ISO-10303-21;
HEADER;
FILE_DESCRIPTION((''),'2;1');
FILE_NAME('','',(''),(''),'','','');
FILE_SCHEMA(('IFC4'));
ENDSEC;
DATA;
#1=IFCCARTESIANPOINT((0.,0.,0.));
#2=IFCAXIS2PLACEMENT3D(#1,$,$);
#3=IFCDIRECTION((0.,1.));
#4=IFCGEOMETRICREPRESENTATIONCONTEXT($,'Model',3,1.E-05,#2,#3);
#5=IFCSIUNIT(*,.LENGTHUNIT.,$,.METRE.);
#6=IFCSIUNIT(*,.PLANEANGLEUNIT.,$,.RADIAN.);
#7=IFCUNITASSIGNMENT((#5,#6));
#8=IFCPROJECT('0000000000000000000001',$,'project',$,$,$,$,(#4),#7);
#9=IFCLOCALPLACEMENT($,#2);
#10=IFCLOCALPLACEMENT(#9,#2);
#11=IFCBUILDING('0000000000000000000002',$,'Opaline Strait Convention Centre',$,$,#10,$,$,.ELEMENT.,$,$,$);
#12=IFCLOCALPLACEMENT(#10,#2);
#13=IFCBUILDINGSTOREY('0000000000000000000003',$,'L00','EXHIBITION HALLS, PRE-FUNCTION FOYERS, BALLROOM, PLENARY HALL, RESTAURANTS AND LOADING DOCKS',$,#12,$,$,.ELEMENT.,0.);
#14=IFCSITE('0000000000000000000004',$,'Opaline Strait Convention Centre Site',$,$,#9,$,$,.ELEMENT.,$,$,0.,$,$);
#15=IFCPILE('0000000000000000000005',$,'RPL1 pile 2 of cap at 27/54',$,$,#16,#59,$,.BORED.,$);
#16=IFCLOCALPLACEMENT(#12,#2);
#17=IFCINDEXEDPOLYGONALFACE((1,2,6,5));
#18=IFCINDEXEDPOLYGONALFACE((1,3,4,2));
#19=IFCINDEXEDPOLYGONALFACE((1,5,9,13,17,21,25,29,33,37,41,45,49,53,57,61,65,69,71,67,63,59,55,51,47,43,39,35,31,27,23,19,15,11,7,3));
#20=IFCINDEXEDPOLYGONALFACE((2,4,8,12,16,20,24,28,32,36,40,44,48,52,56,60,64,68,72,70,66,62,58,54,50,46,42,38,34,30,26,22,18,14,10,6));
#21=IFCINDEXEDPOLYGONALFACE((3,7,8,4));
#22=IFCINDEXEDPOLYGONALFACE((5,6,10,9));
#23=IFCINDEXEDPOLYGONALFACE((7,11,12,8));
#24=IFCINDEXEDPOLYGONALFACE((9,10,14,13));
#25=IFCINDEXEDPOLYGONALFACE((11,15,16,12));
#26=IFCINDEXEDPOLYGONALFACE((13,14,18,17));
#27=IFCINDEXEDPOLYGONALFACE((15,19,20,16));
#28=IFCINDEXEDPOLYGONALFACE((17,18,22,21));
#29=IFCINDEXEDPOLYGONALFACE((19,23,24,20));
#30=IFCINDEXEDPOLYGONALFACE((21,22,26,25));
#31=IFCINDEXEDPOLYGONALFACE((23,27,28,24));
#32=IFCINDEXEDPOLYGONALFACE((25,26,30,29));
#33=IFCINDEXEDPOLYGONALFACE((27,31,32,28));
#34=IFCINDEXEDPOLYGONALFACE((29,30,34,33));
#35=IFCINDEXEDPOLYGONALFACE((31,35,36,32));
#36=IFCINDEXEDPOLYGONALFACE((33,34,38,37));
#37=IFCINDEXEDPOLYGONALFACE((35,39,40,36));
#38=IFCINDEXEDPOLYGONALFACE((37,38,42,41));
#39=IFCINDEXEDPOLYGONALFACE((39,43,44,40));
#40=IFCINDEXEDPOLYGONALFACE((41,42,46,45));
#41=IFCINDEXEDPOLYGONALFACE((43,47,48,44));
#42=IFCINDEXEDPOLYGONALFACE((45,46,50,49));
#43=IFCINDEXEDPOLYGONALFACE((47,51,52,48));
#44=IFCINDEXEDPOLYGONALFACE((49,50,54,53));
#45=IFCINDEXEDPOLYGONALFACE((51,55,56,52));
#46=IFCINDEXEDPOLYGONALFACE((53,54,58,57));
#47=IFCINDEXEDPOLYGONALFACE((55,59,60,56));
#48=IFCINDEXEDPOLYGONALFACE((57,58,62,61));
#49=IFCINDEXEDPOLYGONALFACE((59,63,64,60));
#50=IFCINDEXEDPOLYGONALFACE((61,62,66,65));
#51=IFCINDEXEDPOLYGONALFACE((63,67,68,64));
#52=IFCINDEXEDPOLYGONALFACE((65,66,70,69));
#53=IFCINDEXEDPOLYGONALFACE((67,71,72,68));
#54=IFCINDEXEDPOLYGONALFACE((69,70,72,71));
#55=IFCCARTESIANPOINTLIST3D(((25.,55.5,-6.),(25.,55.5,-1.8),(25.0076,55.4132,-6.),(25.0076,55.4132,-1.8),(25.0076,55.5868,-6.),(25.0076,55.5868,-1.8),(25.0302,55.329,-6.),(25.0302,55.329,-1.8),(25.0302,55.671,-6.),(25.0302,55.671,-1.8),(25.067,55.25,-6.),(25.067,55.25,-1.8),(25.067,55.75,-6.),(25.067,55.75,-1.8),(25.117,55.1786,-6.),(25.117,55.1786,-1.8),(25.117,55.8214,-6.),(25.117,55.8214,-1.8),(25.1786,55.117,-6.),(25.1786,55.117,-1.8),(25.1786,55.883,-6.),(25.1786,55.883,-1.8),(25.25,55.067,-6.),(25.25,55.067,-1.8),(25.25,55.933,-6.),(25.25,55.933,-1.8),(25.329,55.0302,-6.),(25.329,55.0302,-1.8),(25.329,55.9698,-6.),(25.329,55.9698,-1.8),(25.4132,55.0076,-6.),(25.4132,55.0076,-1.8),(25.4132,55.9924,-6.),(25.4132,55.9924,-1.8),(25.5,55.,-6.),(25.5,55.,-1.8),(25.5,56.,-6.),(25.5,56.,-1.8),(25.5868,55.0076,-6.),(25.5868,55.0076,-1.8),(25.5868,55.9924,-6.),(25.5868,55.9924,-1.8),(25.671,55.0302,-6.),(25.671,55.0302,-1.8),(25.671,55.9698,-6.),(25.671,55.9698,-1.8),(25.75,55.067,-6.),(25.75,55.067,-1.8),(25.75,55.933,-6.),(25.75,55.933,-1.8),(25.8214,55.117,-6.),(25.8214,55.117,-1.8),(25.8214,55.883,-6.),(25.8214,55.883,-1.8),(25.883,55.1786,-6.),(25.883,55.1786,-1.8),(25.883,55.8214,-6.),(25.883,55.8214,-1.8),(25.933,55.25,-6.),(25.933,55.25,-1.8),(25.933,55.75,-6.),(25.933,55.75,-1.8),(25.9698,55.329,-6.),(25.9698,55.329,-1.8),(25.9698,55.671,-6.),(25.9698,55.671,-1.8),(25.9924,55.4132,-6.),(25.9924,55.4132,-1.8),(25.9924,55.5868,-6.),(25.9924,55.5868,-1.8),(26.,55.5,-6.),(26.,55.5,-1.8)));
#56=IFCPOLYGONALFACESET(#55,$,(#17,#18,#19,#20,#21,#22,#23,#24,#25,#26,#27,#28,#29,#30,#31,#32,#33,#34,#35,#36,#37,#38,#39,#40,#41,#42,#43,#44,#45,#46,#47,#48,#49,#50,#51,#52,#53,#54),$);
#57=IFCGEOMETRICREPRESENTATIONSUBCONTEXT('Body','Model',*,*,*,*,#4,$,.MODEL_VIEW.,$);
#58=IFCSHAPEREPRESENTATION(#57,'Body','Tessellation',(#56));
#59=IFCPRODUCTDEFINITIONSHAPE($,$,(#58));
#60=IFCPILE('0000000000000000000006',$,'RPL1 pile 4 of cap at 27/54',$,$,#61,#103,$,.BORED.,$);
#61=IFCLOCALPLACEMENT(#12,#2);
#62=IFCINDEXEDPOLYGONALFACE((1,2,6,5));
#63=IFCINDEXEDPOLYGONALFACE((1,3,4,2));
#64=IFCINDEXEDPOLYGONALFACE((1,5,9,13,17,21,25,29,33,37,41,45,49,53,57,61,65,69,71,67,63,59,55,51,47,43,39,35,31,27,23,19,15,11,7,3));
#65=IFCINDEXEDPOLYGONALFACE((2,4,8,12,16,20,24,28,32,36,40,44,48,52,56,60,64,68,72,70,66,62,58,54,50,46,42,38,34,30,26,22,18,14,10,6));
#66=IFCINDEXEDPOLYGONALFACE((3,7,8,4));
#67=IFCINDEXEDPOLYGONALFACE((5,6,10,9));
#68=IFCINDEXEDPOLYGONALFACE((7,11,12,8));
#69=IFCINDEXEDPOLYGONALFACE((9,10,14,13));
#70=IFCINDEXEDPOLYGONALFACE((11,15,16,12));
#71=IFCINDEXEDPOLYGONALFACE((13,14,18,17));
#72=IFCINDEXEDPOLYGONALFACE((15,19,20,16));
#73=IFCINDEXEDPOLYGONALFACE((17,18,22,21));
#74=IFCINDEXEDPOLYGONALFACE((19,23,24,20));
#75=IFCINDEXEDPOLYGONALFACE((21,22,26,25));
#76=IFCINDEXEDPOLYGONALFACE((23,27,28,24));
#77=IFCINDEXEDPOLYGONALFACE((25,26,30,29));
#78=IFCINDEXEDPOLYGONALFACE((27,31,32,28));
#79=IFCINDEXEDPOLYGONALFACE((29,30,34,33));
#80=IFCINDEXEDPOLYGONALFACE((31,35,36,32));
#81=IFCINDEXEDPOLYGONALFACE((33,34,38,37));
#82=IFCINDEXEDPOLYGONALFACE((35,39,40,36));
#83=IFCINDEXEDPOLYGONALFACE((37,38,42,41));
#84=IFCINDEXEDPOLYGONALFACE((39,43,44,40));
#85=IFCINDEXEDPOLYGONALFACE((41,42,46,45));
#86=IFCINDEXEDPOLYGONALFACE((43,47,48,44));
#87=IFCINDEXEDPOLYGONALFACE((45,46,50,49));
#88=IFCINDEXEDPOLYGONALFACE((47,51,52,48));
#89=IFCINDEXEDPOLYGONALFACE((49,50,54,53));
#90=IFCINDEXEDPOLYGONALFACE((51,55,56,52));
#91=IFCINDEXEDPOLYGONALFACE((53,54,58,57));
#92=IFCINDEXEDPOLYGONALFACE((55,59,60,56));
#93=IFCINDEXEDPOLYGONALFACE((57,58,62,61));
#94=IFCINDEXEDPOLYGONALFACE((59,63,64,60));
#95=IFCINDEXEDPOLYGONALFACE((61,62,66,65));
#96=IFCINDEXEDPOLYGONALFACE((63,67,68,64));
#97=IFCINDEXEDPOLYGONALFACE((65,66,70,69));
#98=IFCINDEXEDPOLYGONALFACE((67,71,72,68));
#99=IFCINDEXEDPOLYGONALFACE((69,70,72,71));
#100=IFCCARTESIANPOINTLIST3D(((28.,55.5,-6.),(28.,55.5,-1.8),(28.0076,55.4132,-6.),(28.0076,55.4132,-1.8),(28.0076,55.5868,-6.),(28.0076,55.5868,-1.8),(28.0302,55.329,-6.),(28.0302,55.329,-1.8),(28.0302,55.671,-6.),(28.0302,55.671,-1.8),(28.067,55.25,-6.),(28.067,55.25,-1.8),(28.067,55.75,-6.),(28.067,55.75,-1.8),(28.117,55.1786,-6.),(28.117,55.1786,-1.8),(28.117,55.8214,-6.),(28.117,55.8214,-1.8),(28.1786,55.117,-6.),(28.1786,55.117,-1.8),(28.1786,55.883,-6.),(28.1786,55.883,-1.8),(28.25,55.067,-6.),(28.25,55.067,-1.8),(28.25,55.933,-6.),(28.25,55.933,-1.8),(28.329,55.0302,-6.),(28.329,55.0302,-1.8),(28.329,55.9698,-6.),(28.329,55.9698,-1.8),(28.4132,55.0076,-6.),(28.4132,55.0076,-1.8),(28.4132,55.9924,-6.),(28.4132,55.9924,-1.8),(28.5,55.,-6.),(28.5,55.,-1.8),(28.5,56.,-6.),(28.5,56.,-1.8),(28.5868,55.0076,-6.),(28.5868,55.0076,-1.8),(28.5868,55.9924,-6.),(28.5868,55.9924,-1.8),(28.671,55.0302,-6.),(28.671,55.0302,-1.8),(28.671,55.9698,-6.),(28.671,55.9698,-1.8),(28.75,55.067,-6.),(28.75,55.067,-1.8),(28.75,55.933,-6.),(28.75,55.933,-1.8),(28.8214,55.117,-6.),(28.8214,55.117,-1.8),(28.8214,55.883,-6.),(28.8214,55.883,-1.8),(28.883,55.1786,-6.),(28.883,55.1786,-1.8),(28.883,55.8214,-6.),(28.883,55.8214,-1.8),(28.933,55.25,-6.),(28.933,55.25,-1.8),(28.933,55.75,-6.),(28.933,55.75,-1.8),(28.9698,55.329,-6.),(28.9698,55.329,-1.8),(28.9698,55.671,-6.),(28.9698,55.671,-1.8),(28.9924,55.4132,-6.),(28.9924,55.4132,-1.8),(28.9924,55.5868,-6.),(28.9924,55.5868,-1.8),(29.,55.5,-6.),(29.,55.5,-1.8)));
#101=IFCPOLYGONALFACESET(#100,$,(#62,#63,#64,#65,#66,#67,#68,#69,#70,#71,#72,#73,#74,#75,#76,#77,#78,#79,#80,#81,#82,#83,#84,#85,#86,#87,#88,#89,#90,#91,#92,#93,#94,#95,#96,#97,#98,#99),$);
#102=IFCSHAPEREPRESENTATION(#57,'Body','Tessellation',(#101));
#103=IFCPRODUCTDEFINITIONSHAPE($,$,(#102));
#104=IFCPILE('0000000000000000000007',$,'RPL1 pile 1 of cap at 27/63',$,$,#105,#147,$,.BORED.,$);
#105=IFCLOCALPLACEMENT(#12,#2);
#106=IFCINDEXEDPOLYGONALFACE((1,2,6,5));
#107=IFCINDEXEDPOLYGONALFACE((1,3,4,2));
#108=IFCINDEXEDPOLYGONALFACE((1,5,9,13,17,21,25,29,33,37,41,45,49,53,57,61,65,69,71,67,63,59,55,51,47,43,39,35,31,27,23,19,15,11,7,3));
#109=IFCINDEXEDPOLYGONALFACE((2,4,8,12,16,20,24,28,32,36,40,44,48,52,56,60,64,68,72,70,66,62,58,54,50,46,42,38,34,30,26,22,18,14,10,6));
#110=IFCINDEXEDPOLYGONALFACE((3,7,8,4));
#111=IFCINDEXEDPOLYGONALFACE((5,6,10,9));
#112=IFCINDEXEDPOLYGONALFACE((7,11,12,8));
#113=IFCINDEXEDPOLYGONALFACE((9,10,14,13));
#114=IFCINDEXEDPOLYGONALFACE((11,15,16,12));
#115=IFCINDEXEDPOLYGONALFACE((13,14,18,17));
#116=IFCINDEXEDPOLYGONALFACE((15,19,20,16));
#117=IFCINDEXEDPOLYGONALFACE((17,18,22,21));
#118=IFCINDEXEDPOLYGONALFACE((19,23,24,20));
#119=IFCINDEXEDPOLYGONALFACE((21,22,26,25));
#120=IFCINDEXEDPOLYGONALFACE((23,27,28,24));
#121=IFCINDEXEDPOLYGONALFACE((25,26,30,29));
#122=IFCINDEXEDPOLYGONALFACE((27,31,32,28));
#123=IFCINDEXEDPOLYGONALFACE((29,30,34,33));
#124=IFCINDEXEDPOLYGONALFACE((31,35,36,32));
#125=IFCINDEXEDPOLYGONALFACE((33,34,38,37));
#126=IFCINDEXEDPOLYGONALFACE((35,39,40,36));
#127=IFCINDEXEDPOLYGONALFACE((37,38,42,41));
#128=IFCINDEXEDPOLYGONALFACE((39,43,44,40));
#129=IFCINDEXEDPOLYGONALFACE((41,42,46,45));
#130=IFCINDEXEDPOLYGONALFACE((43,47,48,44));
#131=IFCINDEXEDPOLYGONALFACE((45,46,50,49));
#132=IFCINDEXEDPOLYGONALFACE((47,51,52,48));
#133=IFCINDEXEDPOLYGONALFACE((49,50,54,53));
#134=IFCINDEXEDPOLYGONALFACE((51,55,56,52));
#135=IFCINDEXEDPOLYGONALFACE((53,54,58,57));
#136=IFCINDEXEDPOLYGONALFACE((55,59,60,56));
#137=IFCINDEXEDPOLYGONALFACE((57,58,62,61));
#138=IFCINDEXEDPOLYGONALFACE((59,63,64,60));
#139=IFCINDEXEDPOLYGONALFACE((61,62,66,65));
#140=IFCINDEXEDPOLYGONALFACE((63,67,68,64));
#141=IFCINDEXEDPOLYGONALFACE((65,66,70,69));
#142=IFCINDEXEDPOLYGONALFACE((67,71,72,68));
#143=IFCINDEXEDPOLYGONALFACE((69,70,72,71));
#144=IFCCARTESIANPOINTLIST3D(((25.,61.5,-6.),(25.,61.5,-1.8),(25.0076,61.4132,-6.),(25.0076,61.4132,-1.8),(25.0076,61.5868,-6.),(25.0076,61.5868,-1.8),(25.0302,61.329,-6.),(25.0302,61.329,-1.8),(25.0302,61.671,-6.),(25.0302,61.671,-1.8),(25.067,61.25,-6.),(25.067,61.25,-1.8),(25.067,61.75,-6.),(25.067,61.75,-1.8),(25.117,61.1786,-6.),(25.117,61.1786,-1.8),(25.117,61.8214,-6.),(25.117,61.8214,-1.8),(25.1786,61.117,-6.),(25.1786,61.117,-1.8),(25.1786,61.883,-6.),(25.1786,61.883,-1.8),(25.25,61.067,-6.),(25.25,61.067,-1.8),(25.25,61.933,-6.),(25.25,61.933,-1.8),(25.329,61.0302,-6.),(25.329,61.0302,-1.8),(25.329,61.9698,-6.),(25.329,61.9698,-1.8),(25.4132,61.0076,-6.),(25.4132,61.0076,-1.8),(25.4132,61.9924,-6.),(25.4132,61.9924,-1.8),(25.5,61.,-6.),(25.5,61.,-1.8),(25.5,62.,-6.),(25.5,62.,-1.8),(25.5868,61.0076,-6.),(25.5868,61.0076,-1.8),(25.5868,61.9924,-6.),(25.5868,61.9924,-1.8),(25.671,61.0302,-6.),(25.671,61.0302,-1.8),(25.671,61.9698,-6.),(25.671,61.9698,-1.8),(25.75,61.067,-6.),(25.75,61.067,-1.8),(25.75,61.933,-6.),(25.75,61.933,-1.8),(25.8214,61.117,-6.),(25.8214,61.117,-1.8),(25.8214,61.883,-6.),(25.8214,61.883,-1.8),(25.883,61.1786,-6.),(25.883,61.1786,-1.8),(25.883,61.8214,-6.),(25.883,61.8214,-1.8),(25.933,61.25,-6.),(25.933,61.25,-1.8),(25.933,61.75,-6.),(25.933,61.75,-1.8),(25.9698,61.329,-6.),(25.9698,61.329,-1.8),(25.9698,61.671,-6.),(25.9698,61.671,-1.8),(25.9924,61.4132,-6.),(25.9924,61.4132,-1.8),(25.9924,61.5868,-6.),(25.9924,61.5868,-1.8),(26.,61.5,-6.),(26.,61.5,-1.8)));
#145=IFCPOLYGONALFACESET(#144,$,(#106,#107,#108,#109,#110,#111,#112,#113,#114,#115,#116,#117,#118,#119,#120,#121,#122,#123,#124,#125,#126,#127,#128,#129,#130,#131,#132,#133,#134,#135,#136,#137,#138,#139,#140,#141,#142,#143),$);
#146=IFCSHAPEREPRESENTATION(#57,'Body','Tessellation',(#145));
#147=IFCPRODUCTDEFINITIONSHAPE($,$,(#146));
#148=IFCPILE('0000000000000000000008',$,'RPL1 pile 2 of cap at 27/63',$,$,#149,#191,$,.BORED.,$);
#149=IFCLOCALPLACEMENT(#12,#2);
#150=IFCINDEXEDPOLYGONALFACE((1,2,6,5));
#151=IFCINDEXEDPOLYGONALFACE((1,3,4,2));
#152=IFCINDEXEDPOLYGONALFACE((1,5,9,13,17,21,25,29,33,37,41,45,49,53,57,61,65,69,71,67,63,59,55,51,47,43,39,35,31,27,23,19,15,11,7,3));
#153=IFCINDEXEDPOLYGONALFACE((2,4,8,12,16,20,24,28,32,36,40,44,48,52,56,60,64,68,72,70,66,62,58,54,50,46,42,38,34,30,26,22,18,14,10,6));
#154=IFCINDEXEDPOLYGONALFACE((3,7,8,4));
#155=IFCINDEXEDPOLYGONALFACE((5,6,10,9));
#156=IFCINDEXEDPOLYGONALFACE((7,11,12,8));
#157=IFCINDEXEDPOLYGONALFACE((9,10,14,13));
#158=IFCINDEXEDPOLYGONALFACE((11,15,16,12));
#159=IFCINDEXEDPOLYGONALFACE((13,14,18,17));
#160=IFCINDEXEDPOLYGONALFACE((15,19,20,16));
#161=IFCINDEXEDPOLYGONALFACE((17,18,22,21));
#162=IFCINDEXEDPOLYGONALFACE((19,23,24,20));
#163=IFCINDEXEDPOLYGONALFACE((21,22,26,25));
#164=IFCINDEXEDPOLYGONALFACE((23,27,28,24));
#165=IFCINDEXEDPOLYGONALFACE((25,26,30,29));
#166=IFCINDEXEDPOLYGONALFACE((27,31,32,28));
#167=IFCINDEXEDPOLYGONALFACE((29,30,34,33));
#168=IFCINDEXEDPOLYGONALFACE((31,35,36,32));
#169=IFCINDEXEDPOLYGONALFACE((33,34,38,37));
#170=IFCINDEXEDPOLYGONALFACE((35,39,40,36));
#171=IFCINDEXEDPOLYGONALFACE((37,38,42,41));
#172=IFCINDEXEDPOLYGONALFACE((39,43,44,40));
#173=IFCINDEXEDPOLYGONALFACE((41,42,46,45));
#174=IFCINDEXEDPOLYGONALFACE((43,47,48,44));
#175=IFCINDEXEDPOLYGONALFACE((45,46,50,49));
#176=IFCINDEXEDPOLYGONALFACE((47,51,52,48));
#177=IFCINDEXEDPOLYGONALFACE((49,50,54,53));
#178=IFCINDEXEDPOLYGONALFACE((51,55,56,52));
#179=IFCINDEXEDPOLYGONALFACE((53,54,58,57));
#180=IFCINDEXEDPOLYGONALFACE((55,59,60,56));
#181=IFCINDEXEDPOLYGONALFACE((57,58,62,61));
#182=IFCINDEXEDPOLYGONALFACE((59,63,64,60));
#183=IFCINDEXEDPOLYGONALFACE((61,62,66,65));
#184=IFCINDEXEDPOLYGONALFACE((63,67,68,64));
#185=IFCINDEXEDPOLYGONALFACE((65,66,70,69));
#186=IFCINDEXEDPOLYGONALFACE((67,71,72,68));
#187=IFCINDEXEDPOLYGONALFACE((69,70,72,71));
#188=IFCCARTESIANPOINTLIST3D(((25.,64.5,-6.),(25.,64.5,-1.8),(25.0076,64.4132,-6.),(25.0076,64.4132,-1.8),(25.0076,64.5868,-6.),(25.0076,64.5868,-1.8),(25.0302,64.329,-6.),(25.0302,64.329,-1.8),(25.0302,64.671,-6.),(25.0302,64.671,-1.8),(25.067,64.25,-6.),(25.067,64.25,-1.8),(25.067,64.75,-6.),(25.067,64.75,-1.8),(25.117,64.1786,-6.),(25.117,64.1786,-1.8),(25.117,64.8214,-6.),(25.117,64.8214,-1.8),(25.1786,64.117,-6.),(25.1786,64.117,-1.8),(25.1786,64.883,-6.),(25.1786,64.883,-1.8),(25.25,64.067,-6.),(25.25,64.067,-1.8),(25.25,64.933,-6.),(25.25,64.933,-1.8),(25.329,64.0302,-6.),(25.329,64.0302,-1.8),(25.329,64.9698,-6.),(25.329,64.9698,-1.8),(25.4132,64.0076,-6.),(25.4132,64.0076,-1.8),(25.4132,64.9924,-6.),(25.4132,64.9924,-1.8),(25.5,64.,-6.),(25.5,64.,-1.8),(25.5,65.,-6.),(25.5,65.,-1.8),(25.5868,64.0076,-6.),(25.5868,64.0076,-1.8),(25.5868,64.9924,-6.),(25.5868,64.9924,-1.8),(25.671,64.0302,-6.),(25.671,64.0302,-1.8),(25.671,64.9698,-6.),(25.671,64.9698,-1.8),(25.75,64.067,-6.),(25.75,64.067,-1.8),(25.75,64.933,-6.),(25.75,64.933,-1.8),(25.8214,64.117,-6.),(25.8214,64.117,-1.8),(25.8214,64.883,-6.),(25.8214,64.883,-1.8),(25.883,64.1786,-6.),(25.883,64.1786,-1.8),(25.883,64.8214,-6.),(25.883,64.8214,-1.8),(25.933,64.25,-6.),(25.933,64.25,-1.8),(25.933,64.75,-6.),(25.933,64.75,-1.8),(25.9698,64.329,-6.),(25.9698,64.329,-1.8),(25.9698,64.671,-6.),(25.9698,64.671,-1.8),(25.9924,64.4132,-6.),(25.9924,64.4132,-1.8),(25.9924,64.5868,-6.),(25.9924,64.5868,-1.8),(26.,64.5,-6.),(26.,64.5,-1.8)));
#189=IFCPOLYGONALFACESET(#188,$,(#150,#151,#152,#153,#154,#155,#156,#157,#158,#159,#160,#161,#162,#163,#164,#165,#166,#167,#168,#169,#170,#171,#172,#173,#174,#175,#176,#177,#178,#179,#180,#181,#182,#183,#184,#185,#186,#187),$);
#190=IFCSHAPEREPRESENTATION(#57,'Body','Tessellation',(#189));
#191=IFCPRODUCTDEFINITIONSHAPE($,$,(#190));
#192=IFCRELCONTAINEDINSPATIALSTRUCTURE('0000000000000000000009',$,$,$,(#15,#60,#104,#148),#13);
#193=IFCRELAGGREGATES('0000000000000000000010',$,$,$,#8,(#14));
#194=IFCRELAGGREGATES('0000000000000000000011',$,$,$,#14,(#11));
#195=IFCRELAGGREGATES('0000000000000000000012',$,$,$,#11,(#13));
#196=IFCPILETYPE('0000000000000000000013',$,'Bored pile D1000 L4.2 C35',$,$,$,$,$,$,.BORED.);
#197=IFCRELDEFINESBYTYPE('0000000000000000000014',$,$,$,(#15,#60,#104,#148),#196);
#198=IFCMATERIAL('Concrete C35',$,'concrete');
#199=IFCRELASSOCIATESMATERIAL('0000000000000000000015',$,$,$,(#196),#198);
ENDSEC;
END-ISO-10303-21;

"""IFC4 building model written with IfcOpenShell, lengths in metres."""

from ifc_helpers import new_model, si_unit, direction, frame, origin, origin_2d, place, context, subcontext, project, spatial, circle, extrude, material, material_profile, profile_set, type_object, element, save


model = new_model("IFC4")

# Units and contexts
model_context = context("Model", 3, precision=1e-05, world=origin(), true_north=direction((0.0, 1.0)))
body_context = subcontext(model_context, "Body", "Model", "MODEL_VIEW")
ifc_project = project(units=[si_unit("LENGTHUNIT", "METRE"), si_unit("PLANEANGLEUNIT", "RADIAN")], contexts=[model_context])

# Site, building, storey
site_placement = place(None, origin())
site = spatial("IfcSite", under=ifc_project, at=site_placement, Name="Opaline Strait Convention Centre Site", CompositionType="ELEMENT", RefElevation=0.0)
building_placement = place(site_placement, origin())
building = spatial("IfcBuilding", under=site, at=building_placement, Name="Opaline Strait Convention Centre", CompositionType="ELEMENT")
storey_placement = place(building_placement, origin())
storey = spatial("IfcBuildingStorey", under=building, at=storey_placement, Name="L00", Description="EXHIBITION HALLS, PRE-FUNCTION FOYERS, BALLROOM, PLENARY HALL, RESTAURANTS AND LOADING DOCKS", CompositionType="ELEMENT", Elevation=0.0)

# Piles
ifc_material_1 = material(Name="Concrete C35", Category="concrete")
ifc_material_profile_1 = material_profile(ifc_material_1, circle(Radius=0.5, at=origin_2d()), Name="D1000")
ifc_profile_set_1 = profile_set([ifc_material_profile_1], Name="Concrete C35")
pile_type = type_object("IfcPileType", Name="Bored pile D1000 L4.2 C35", PredefinedType="BORED", material=ifc_profile_set_1)
for number, where, z_axis, x_axis, name in (
    (1, (25.5, 55.5, -1.8), (0.0, 0.0, -1.0), (1.0, 0.0, 0.0), "RPL1 pile 2 of cap at 27/54"),
    (2, (28.5, 55.5, -1.8), (0.0, 0.0, -1.0), (1.0, 0.0, 0.0), "RPL1 pile 4 of cap at 27/54"),
    (3, (25.5, 61.5, -1.8), (0.0, 0.0, -1.0), (1.0, 0.0, 0.0), "RPL1 pile 1 of cap at 27/63"),
    (4, (25.5, 64.5, -1.8), (0.0, 0.0, -1.0), (1.0, 0.0, 0.0), "RPL1 pile 2 of cap at 27/63"),
):
    element("IfcPile", number, at=place(storey_placement, frame(where, z_axis=z_axis, x_axis=x_axis)), inside=storey, type_object=pile_type, Name=name, PredefinedType="BORED", context=body_context, shape_type="SweptSolid", body=[
        extrude(circle(Radius=0.5, at=origin_2d()), origin(), (0.0, 0.0, 1.0), 4.2),
    ])

save(model, "model.ifc")
